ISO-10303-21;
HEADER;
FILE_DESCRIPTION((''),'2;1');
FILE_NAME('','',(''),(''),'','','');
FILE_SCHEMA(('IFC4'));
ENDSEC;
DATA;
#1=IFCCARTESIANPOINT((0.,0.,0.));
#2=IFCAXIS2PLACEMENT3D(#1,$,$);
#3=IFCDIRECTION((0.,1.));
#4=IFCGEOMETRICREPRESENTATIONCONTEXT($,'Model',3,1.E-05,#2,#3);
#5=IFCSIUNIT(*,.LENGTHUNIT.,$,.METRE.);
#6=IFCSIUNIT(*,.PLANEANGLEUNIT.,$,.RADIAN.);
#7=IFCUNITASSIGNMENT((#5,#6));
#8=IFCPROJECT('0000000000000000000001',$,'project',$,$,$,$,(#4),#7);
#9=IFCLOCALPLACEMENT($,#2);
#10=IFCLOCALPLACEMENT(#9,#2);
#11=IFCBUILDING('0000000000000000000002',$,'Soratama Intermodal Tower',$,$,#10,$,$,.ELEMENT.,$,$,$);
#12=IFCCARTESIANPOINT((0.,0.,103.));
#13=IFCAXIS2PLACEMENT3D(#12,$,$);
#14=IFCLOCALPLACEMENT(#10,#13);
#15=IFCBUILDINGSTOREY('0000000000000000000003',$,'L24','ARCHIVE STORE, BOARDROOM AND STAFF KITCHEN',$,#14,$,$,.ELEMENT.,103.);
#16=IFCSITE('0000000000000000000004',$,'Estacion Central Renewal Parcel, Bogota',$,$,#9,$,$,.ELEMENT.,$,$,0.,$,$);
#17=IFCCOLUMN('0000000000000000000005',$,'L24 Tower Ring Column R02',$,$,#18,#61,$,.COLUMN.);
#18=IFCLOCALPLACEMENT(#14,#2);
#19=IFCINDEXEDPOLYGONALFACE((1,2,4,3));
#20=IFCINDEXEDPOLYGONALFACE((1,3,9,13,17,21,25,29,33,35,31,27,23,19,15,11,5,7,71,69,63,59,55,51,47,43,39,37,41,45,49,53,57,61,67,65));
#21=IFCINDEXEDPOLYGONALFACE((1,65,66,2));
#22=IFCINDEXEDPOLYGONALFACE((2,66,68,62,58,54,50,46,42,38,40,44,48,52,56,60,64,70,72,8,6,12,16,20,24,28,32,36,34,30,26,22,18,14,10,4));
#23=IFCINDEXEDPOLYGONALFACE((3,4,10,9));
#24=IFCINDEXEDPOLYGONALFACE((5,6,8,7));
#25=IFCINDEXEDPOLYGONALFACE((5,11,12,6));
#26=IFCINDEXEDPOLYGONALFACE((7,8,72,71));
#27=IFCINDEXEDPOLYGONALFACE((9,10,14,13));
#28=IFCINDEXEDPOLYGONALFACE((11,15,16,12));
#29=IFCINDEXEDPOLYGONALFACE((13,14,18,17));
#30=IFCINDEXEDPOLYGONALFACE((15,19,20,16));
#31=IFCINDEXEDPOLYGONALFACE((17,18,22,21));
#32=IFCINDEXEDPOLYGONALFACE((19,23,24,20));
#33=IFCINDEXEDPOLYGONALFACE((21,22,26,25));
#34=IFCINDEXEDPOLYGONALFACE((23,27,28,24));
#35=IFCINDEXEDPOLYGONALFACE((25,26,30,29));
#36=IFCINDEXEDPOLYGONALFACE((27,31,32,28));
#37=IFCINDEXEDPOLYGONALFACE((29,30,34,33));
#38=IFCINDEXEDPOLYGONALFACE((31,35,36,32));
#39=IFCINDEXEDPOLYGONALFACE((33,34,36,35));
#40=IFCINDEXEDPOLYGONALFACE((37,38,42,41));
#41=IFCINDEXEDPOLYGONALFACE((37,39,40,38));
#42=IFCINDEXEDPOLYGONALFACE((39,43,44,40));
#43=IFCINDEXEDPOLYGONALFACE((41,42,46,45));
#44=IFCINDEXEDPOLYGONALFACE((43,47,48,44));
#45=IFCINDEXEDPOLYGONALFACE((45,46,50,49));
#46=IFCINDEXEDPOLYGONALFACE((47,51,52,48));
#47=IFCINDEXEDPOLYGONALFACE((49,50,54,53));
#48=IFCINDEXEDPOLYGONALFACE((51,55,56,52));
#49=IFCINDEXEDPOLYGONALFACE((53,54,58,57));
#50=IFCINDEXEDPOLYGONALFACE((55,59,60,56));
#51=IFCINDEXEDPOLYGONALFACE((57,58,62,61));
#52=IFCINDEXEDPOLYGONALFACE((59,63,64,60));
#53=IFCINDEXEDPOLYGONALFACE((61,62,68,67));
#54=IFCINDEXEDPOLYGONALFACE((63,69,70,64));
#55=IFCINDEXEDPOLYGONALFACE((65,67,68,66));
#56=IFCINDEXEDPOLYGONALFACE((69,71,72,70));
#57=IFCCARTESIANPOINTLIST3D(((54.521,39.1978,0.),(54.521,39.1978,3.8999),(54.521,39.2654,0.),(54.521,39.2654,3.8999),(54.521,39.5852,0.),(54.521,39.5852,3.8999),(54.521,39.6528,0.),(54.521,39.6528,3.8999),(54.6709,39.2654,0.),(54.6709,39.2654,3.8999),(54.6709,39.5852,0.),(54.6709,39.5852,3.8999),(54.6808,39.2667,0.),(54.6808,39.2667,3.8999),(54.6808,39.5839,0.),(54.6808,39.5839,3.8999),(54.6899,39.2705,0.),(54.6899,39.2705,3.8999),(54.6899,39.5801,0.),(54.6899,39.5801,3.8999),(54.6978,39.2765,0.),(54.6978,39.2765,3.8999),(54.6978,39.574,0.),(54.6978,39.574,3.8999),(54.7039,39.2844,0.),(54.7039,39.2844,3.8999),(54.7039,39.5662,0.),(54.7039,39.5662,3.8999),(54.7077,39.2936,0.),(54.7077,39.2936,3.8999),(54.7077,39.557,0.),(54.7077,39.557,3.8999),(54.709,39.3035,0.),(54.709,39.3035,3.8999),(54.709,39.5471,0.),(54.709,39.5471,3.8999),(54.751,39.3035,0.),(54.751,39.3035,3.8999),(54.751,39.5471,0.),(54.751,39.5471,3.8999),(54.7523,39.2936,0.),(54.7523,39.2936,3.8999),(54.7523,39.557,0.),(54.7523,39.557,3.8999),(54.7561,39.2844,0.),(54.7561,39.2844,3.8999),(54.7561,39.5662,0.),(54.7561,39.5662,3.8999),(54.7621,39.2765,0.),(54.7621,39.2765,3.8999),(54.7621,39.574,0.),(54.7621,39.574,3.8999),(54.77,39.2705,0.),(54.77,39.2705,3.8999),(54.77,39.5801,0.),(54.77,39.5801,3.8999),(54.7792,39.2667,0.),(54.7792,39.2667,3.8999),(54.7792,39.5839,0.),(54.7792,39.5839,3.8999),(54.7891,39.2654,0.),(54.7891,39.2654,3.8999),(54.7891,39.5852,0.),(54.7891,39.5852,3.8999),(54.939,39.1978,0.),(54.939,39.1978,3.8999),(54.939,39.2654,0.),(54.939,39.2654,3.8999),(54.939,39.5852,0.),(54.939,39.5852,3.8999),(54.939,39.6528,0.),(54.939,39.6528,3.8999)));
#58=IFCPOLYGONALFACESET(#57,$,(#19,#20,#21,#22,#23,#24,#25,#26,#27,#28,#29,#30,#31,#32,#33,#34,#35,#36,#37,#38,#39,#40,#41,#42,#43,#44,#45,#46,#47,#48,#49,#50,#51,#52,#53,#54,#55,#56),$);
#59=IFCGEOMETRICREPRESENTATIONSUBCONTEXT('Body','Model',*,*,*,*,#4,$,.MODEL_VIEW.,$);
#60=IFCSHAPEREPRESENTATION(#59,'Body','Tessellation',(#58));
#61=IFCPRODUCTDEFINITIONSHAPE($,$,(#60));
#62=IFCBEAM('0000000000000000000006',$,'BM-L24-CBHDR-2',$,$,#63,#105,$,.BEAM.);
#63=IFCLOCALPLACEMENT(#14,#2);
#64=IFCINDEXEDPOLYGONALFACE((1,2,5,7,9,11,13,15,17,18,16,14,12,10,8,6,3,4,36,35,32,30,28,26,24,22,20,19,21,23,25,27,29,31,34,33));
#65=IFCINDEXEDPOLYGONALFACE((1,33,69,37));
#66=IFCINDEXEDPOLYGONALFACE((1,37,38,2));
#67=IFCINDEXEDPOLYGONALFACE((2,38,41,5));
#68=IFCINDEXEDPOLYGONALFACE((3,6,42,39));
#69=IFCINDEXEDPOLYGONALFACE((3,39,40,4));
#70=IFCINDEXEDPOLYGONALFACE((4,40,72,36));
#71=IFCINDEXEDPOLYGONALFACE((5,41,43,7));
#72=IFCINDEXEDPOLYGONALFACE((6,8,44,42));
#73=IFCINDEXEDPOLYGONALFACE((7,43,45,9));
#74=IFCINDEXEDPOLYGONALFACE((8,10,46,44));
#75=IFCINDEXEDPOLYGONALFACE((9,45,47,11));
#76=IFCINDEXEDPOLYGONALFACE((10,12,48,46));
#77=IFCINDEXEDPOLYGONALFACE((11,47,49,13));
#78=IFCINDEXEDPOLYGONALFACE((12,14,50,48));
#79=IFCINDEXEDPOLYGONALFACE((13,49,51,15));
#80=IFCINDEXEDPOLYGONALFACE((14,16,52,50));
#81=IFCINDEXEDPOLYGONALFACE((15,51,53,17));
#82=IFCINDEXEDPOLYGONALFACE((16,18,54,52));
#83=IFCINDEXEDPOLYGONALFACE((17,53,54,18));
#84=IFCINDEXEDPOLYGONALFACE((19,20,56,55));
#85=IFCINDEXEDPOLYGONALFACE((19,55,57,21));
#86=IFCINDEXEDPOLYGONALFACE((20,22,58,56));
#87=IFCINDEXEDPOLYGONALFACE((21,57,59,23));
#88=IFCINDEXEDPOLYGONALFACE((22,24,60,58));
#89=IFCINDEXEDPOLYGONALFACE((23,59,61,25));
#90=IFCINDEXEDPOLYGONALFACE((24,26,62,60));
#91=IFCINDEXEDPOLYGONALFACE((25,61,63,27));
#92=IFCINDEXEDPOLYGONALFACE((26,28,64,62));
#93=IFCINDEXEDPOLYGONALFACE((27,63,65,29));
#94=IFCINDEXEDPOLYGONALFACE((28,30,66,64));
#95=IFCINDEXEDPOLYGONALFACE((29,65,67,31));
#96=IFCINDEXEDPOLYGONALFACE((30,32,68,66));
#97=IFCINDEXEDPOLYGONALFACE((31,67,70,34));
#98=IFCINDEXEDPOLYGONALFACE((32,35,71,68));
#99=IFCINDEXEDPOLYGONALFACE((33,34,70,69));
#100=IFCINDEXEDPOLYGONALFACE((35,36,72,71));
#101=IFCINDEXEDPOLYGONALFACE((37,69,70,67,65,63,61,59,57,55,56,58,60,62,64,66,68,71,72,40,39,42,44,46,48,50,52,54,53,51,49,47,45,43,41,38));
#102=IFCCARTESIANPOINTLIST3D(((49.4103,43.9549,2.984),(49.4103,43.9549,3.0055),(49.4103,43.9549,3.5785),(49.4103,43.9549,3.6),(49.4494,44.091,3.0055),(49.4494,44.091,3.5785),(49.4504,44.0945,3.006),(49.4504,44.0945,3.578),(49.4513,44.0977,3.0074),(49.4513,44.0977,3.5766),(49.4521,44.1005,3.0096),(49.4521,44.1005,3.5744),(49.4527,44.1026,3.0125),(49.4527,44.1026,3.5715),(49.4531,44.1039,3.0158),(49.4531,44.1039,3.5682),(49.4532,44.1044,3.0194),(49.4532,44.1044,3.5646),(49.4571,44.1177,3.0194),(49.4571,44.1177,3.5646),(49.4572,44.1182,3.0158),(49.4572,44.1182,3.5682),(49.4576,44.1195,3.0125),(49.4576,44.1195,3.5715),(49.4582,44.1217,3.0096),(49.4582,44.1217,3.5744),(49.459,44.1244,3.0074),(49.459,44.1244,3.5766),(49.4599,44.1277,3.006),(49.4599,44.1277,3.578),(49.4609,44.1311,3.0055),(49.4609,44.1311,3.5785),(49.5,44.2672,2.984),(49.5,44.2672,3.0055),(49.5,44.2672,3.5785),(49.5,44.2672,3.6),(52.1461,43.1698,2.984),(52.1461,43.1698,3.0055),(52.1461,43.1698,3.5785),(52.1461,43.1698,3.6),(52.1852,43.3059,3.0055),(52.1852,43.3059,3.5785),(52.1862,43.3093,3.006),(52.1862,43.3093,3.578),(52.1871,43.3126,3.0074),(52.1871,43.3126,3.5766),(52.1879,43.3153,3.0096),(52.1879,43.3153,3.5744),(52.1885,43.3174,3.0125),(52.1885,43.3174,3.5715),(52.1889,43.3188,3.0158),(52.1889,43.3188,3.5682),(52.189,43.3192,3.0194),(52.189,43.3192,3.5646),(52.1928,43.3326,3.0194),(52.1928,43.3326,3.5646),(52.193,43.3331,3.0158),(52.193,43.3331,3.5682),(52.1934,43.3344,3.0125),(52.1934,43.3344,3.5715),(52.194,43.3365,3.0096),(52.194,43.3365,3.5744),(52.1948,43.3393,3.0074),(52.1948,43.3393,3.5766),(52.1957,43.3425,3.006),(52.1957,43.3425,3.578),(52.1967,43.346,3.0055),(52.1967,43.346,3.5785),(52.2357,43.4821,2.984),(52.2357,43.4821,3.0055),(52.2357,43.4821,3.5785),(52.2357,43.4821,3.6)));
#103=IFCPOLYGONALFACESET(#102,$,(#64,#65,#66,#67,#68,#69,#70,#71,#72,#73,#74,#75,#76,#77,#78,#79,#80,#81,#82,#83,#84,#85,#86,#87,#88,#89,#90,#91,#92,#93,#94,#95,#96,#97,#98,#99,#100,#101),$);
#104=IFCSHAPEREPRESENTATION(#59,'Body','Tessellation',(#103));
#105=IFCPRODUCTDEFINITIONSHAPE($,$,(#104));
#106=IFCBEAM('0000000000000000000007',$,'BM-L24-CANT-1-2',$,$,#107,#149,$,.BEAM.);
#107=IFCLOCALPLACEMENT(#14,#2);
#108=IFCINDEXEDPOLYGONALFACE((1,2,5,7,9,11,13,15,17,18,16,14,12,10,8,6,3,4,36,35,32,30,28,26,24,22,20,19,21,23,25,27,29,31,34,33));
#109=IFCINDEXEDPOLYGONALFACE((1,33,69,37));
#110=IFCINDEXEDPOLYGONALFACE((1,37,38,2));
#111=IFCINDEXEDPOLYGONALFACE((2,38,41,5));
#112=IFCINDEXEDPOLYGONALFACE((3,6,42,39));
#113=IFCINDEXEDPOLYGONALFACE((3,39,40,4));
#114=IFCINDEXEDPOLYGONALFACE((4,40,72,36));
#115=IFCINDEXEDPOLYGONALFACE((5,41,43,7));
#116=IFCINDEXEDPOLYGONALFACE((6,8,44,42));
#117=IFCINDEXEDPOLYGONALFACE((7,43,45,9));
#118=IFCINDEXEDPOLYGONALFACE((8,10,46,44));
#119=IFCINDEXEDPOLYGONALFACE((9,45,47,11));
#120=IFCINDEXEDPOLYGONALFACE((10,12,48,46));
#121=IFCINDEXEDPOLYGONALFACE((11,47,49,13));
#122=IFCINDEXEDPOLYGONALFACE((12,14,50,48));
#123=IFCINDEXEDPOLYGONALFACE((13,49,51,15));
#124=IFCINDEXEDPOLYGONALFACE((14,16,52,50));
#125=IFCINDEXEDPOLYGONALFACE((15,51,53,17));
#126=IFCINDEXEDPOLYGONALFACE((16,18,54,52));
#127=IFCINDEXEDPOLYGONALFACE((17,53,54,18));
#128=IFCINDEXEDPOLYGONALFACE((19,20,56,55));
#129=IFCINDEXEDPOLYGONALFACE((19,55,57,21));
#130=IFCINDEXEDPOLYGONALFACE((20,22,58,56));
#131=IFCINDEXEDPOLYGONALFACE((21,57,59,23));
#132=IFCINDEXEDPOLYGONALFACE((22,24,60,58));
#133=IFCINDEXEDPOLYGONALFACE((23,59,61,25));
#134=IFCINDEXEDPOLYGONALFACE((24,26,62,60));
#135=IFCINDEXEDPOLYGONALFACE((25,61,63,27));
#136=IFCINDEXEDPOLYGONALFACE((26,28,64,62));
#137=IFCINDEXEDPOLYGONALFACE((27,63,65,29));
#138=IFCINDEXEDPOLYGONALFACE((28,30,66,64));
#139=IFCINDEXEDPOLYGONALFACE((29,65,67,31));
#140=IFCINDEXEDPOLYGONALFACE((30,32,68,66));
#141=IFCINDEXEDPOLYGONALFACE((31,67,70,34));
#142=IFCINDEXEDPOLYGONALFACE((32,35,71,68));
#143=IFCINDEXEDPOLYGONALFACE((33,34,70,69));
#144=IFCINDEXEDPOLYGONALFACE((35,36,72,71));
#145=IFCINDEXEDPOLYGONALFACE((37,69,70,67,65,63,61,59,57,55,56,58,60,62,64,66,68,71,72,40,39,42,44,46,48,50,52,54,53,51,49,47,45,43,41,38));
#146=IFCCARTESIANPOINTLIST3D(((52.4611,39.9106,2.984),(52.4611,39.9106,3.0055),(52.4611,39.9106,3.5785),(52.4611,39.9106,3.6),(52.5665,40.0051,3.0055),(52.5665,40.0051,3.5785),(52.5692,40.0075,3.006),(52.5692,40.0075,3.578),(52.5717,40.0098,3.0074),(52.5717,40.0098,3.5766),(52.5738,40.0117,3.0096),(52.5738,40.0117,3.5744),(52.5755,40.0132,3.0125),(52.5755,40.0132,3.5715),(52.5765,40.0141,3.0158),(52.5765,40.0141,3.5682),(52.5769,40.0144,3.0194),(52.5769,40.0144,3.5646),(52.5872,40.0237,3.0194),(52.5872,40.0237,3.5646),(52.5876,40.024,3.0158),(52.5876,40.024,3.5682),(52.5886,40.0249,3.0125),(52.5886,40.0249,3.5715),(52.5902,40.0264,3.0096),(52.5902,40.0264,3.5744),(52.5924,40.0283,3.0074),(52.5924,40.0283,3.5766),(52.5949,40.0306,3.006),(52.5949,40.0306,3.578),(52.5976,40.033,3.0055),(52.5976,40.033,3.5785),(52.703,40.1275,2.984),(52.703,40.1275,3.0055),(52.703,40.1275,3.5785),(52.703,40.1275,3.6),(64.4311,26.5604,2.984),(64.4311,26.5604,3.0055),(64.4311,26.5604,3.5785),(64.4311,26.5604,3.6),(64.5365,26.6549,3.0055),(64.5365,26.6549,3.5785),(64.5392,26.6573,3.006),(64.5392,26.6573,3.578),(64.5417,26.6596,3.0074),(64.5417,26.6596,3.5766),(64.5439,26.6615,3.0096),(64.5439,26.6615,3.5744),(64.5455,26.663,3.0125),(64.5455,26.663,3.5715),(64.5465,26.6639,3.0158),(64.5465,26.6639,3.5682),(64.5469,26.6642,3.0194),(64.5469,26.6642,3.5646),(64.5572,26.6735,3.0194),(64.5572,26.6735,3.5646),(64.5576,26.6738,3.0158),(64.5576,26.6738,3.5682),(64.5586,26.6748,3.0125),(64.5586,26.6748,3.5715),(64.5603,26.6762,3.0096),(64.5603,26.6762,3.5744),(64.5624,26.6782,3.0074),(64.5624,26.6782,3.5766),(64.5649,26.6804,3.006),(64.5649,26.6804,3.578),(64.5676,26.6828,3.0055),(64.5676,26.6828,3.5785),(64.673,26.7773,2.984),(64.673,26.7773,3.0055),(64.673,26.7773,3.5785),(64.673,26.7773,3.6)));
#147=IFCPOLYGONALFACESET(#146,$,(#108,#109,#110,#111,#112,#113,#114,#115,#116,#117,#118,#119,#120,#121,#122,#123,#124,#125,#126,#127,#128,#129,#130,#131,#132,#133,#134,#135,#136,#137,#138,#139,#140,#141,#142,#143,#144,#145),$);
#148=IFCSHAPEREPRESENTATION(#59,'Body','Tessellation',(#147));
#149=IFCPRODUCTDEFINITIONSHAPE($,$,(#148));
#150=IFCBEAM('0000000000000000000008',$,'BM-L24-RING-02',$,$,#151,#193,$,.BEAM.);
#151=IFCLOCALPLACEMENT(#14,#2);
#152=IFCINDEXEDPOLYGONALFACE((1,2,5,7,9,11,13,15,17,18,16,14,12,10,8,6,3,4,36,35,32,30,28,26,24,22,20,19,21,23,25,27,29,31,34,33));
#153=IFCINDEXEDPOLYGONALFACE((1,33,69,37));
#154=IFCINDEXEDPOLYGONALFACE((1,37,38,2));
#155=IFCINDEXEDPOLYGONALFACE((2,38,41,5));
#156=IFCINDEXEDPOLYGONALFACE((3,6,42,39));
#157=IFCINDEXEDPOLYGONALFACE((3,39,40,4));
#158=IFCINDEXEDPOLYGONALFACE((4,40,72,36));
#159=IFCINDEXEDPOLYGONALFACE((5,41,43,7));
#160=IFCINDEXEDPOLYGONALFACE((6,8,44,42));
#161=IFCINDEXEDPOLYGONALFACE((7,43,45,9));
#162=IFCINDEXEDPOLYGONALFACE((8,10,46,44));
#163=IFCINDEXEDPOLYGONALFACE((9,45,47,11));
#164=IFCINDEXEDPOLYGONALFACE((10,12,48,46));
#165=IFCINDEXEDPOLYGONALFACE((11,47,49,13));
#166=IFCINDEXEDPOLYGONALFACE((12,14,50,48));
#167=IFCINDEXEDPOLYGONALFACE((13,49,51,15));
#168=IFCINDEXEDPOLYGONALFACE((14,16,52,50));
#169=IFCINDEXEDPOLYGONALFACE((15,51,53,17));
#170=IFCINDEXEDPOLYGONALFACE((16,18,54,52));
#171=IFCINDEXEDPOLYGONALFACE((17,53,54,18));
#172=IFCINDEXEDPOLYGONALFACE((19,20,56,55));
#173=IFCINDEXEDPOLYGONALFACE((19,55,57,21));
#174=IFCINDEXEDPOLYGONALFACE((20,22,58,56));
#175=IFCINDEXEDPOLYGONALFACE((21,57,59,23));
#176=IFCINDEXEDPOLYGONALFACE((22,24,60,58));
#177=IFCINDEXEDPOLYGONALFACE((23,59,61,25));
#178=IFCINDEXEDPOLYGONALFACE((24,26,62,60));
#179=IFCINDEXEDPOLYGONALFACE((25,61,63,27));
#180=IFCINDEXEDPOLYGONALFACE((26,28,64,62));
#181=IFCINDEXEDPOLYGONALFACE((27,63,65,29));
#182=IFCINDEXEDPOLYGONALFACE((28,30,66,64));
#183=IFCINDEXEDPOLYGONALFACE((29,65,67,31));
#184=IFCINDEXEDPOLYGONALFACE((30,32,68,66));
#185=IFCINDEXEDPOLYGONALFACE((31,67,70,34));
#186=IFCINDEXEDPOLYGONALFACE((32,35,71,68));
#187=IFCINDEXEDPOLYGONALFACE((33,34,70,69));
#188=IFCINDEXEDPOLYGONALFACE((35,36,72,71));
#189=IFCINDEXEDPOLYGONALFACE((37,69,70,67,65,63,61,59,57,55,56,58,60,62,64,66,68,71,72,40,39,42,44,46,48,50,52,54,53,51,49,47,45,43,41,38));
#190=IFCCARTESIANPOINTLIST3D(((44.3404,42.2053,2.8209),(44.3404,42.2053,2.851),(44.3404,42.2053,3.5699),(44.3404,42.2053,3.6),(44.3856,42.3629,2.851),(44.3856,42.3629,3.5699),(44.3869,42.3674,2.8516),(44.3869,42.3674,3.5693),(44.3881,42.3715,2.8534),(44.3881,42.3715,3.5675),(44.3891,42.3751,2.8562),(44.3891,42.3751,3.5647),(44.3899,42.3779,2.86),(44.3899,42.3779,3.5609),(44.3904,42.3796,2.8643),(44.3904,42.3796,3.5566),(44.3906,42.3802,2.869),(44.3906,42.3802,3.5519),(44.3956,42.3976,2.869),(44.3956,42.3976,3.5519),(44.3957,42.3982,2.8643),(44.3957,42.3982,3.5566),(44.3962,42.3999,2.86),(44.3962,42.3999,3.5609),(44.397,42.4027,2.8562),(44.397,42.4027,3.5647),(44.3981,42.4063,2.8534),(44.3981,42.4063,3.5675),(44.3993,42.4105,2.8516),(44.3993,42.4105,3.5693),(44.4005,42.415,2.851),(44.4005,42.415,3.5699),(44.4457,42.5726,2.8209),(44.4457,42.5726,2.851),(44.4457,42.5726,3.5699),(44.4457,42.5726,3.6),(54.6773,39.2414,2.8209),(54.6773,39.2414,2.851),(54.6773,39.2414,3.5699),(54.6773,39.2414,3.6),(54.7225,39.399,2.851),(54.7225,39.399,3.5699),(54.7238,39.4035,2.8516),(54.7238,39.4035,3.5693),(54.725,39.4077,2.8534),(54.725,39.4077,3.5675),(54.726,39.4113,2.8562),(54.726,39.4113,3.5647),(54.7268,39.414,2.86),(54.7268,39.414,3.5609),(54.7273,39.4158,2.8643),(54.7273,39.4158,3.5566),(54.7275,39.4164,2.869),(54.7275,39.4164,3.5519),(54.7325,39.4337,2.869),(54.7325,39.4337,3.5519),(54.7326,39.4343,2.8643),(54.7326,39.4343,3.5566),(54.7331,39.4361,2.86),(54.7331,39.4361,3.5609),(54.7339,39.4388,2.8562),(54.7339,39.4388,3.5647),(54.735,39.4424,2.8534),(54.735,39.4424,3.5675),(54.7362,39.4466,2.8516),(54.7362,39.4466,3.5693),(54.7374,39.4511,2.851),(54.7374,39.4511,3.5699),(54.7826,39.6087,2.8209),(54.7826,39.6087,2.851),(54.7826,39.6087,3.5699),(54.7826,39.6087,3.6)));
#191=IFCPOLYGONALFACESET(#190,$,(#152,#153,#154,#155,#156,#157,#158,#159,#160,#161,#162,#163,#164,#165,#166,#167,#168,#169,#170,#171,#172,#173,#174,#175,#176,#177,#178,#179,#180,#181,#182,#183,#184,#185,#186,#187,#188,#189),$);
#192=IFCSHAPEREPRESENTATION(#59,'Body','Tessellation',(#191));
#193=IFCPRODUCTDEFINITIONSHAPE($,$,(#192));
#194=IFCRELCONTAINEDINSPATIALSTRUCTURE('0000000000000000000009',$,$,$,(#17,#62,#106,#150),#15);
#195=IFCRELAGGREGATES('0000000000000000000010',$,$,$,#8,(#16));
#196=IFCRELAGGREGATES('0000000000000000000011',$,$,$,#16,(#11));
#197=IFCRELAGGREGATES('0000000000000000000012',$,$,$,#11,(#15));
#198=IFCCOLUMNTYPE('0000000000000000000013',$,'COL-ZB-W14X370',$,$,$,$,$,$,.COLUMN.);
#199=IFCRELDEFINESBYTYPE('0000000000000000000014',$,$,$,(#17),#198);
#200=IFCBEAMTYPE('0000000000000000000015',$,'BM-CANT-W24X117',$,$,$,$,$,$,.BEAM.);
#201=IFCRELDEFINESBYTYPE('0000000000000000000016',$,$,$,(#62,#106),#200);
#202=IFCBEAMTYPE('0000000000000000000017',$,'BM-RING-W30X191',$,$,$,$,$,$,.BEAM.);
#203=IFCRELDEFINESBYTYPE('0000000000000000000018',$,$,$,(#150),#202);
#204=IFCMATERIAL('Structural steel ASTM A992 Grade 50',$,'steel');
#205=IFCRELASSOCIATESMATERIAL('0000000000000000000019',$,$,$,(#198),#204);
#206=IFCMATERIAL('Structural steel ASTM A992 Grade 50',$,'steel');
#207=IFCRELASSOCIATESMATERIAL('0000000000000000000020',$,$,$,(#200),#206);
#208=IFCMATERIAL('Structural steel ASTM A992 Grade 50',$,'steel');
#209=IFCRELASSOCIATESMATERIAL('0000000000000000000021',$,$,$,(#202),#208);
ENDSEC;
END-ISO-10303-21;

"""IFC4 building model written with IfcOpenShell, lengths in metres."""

from ifc_helpers import new_model, si_unit, direction, frame, origin, origin_2d, place, context, subcontext, project, spatial, i_section, extrude, material, material_profile, profile_set, type_object, element, save


model = new_model("IFC4")

# Units and contexts
model_context = context("Model", 3, precision=1e-05, world=origin(), true_north=direction((0.0, 1.0)))
body_context = subcontext(model_context, "Body", "Model", "MODEL_VIEW")
ifc_project = project(units=[si_unit("LENGTHUNIT", "METRE"), si_unit("PLANEANGLEUNIT", "RADIAN")], contexts=[model_context])

# Site, building, storey
site_placement = place(None, origin())
site = spatial("IfcSite", under=ifc_project, at=site_placement, Name="Estacion Central Renewal Parcel, Bogota", CompositionType="ELEMENT", RefElevation=0.0)
building_placement = place(site_placement, origin())
building = spatial("IfcBuilding", under=site, at=building_placement, Name="Soratama Intermodal Tower", CompositionType="ELEMENT")
storey_placement = place(building_placement, frame((0.0, 0.0, 103.0)))
storey = spatial("IfcBuildingStorey", under=building, at=storey_placement, Name="L24", Description="ARCHIVE STORE, BOARDROOM AND STAFF KITCHEN", CompositionType="ELEMENT", Elevation=103.0)

# Column
ifc_material_1 = material(Name="Structural steel ASTM A992 Grade 50", Category="steel")
ifc_material_profile_1 = material_profile(ifc_material_1, i_section(OverallWidth=0.418, OverallDepth=0.4551, WebThickness=0.042, FlangeThickness=0.0676, FilletRadius=0.0381, at=origin_2d()), Name="W14X370")
ifc_profile_set_1 = profile_set([ifc_material_profile_1], Name="Structural steel ASTM A992 Grade 50")
column_type = type_object("IfcColumnType", Name="COL-ZB-W14X370", PredefinedType="COLUMN", material=ifc_profile_set_1)
column_placement = place(storey_placement, frame((54.73, 39.4253, 0.0), z_axis=(0.0, 0.0, 1.0), x_axis=(1.0, 0.0, 0.0)))
element("IfcColumn", 1, at=column_placement, inside=storey, type_object=column_type, Name="L24 Tower Ring Column R02", PredefinedType="COLUMN", context=body_context, shape_type="SweptSolid", body=[
    extrude(i_section(OverallWidth=0.418, OverallDepth=0.4551, WebThickness=0.042, FlangeThickness=0.0676, FilletRadius=0.0381, at=origin_2d()), origin(), (0.0, 0.0, 1.0), 3.8999),
])

# Beams
ifc_material_2 = material(Name="Structural steel ASTM A992 Grade 50", Category="steel")
ifc_material_profile_2 = material_profile(ifc_material_2, i_section(OverallWidth=0.325, OverallDepth=0.616, WebThickness=0.0139, FlangeThickness=0.0215, FilletRadius=0.0139, at=origin_2d()), Name="W24X117")
ifc_profile_set_2 = profile_set([ifc_material_profile_2], Name="Structural steel ASTM A992 Grade 50")
beam_type_1 = type_object("IfcBeamType", Name="BM-CANT-W24X117", PredefinedType="BEAM", material=ifc_profile_set_2)
beam_1_placement = place(storey_placement, frame((52.1909, 43.3259, 3.292), z_axis=(-0.9612, 0.275854, 0.0), x_axis=(-0.275854, -0.9612, 0.0)))
element("IfcBeam", 2, at=beam_1_placement, inside=storey, type_object=beam_type_1, Name="BM-L24-CBHDR-2", PredefinedType="BEAM", context=body_context, shape_type="SweptSolid", body=[
    extrude(i_section(OverallWidth=0.325, OverallDepth=0.616, WebThickness=0.0139, FlangeThickness=0.0215, FilletRadius=0.0139, at=origin_2d()), origin(), (0.0, 0.0, 1.0), 2.8462),
])
beam_2_placement = place(storey_placement, frame((52.582, 40.019, 3.292), z_axis=(0.667573, -0.744544, 0.0), x_axis=(0.744544, 0.667573, 0.0)))
element("IfcBeam", 3, at=beam_2_placement, inside=storey, type_object=beam_type_1, Name="BM-L24-CANT-1-2", PredefinedType="BEAM", context=body_context, shape_type="SweptSolid", body=[
    extrude(i_section(OverallWidth=0.325, OverallDepth=0.616, WebThickness=0.0139, FlangeThickness=0.0215, FilletRadius=0.0139, at=origin_2d()), origin(), (0.0, 0.0, 1.0), 17.9307),
])
ifc_material_3 = material(Name="Structural steel ASTM A992 Grade 50", Category="steel")
ifc_material_profile_3 = material_profile(ifc_material_3, i_section(OverallWidth=0.3821, OverallDepth=0.7791, WebThickness=0.0181, FlangeThickness=0.03, FilletRadius=0.0181, at=origin_2d()), Name="W30X191")
ifc_profile_set_3 = profile_set([ifc_material_profile_3], Name="Structural steel ASTM A992 Grade 50")
beam_type_2 = type_object("IfcBeamType", Name="BM-RING-W30X191", PredefinedType="BEAM", material=ifc_profile_set_3)
beam_3_placement = place(storey_placement, frame((54.73, 39.425, 3.2104), z_axis=(-0.961267, 0.275621, 0.0), x_axis=(-0.275621, -0.961267, 0.0)))
element("IfcBeam", 4, at=beam_3_placement, inside=storey, type_object=beam_type_2, Name="BM-L24-RING-02", PredefinedType="BEAM", context=body_context, shape_type="SweptSolid", body=[
    extrude(i_section(OverallWidth=0.3821, OverallDepth=0.7791, WebThickness=0.0181, FlangeThickness=0.03, FilletRadius=0.0181, at=origin_2d()), origin(), (0.0, 0.0, 1.0), 10.7534),
])

save(model, "model.ifc")
